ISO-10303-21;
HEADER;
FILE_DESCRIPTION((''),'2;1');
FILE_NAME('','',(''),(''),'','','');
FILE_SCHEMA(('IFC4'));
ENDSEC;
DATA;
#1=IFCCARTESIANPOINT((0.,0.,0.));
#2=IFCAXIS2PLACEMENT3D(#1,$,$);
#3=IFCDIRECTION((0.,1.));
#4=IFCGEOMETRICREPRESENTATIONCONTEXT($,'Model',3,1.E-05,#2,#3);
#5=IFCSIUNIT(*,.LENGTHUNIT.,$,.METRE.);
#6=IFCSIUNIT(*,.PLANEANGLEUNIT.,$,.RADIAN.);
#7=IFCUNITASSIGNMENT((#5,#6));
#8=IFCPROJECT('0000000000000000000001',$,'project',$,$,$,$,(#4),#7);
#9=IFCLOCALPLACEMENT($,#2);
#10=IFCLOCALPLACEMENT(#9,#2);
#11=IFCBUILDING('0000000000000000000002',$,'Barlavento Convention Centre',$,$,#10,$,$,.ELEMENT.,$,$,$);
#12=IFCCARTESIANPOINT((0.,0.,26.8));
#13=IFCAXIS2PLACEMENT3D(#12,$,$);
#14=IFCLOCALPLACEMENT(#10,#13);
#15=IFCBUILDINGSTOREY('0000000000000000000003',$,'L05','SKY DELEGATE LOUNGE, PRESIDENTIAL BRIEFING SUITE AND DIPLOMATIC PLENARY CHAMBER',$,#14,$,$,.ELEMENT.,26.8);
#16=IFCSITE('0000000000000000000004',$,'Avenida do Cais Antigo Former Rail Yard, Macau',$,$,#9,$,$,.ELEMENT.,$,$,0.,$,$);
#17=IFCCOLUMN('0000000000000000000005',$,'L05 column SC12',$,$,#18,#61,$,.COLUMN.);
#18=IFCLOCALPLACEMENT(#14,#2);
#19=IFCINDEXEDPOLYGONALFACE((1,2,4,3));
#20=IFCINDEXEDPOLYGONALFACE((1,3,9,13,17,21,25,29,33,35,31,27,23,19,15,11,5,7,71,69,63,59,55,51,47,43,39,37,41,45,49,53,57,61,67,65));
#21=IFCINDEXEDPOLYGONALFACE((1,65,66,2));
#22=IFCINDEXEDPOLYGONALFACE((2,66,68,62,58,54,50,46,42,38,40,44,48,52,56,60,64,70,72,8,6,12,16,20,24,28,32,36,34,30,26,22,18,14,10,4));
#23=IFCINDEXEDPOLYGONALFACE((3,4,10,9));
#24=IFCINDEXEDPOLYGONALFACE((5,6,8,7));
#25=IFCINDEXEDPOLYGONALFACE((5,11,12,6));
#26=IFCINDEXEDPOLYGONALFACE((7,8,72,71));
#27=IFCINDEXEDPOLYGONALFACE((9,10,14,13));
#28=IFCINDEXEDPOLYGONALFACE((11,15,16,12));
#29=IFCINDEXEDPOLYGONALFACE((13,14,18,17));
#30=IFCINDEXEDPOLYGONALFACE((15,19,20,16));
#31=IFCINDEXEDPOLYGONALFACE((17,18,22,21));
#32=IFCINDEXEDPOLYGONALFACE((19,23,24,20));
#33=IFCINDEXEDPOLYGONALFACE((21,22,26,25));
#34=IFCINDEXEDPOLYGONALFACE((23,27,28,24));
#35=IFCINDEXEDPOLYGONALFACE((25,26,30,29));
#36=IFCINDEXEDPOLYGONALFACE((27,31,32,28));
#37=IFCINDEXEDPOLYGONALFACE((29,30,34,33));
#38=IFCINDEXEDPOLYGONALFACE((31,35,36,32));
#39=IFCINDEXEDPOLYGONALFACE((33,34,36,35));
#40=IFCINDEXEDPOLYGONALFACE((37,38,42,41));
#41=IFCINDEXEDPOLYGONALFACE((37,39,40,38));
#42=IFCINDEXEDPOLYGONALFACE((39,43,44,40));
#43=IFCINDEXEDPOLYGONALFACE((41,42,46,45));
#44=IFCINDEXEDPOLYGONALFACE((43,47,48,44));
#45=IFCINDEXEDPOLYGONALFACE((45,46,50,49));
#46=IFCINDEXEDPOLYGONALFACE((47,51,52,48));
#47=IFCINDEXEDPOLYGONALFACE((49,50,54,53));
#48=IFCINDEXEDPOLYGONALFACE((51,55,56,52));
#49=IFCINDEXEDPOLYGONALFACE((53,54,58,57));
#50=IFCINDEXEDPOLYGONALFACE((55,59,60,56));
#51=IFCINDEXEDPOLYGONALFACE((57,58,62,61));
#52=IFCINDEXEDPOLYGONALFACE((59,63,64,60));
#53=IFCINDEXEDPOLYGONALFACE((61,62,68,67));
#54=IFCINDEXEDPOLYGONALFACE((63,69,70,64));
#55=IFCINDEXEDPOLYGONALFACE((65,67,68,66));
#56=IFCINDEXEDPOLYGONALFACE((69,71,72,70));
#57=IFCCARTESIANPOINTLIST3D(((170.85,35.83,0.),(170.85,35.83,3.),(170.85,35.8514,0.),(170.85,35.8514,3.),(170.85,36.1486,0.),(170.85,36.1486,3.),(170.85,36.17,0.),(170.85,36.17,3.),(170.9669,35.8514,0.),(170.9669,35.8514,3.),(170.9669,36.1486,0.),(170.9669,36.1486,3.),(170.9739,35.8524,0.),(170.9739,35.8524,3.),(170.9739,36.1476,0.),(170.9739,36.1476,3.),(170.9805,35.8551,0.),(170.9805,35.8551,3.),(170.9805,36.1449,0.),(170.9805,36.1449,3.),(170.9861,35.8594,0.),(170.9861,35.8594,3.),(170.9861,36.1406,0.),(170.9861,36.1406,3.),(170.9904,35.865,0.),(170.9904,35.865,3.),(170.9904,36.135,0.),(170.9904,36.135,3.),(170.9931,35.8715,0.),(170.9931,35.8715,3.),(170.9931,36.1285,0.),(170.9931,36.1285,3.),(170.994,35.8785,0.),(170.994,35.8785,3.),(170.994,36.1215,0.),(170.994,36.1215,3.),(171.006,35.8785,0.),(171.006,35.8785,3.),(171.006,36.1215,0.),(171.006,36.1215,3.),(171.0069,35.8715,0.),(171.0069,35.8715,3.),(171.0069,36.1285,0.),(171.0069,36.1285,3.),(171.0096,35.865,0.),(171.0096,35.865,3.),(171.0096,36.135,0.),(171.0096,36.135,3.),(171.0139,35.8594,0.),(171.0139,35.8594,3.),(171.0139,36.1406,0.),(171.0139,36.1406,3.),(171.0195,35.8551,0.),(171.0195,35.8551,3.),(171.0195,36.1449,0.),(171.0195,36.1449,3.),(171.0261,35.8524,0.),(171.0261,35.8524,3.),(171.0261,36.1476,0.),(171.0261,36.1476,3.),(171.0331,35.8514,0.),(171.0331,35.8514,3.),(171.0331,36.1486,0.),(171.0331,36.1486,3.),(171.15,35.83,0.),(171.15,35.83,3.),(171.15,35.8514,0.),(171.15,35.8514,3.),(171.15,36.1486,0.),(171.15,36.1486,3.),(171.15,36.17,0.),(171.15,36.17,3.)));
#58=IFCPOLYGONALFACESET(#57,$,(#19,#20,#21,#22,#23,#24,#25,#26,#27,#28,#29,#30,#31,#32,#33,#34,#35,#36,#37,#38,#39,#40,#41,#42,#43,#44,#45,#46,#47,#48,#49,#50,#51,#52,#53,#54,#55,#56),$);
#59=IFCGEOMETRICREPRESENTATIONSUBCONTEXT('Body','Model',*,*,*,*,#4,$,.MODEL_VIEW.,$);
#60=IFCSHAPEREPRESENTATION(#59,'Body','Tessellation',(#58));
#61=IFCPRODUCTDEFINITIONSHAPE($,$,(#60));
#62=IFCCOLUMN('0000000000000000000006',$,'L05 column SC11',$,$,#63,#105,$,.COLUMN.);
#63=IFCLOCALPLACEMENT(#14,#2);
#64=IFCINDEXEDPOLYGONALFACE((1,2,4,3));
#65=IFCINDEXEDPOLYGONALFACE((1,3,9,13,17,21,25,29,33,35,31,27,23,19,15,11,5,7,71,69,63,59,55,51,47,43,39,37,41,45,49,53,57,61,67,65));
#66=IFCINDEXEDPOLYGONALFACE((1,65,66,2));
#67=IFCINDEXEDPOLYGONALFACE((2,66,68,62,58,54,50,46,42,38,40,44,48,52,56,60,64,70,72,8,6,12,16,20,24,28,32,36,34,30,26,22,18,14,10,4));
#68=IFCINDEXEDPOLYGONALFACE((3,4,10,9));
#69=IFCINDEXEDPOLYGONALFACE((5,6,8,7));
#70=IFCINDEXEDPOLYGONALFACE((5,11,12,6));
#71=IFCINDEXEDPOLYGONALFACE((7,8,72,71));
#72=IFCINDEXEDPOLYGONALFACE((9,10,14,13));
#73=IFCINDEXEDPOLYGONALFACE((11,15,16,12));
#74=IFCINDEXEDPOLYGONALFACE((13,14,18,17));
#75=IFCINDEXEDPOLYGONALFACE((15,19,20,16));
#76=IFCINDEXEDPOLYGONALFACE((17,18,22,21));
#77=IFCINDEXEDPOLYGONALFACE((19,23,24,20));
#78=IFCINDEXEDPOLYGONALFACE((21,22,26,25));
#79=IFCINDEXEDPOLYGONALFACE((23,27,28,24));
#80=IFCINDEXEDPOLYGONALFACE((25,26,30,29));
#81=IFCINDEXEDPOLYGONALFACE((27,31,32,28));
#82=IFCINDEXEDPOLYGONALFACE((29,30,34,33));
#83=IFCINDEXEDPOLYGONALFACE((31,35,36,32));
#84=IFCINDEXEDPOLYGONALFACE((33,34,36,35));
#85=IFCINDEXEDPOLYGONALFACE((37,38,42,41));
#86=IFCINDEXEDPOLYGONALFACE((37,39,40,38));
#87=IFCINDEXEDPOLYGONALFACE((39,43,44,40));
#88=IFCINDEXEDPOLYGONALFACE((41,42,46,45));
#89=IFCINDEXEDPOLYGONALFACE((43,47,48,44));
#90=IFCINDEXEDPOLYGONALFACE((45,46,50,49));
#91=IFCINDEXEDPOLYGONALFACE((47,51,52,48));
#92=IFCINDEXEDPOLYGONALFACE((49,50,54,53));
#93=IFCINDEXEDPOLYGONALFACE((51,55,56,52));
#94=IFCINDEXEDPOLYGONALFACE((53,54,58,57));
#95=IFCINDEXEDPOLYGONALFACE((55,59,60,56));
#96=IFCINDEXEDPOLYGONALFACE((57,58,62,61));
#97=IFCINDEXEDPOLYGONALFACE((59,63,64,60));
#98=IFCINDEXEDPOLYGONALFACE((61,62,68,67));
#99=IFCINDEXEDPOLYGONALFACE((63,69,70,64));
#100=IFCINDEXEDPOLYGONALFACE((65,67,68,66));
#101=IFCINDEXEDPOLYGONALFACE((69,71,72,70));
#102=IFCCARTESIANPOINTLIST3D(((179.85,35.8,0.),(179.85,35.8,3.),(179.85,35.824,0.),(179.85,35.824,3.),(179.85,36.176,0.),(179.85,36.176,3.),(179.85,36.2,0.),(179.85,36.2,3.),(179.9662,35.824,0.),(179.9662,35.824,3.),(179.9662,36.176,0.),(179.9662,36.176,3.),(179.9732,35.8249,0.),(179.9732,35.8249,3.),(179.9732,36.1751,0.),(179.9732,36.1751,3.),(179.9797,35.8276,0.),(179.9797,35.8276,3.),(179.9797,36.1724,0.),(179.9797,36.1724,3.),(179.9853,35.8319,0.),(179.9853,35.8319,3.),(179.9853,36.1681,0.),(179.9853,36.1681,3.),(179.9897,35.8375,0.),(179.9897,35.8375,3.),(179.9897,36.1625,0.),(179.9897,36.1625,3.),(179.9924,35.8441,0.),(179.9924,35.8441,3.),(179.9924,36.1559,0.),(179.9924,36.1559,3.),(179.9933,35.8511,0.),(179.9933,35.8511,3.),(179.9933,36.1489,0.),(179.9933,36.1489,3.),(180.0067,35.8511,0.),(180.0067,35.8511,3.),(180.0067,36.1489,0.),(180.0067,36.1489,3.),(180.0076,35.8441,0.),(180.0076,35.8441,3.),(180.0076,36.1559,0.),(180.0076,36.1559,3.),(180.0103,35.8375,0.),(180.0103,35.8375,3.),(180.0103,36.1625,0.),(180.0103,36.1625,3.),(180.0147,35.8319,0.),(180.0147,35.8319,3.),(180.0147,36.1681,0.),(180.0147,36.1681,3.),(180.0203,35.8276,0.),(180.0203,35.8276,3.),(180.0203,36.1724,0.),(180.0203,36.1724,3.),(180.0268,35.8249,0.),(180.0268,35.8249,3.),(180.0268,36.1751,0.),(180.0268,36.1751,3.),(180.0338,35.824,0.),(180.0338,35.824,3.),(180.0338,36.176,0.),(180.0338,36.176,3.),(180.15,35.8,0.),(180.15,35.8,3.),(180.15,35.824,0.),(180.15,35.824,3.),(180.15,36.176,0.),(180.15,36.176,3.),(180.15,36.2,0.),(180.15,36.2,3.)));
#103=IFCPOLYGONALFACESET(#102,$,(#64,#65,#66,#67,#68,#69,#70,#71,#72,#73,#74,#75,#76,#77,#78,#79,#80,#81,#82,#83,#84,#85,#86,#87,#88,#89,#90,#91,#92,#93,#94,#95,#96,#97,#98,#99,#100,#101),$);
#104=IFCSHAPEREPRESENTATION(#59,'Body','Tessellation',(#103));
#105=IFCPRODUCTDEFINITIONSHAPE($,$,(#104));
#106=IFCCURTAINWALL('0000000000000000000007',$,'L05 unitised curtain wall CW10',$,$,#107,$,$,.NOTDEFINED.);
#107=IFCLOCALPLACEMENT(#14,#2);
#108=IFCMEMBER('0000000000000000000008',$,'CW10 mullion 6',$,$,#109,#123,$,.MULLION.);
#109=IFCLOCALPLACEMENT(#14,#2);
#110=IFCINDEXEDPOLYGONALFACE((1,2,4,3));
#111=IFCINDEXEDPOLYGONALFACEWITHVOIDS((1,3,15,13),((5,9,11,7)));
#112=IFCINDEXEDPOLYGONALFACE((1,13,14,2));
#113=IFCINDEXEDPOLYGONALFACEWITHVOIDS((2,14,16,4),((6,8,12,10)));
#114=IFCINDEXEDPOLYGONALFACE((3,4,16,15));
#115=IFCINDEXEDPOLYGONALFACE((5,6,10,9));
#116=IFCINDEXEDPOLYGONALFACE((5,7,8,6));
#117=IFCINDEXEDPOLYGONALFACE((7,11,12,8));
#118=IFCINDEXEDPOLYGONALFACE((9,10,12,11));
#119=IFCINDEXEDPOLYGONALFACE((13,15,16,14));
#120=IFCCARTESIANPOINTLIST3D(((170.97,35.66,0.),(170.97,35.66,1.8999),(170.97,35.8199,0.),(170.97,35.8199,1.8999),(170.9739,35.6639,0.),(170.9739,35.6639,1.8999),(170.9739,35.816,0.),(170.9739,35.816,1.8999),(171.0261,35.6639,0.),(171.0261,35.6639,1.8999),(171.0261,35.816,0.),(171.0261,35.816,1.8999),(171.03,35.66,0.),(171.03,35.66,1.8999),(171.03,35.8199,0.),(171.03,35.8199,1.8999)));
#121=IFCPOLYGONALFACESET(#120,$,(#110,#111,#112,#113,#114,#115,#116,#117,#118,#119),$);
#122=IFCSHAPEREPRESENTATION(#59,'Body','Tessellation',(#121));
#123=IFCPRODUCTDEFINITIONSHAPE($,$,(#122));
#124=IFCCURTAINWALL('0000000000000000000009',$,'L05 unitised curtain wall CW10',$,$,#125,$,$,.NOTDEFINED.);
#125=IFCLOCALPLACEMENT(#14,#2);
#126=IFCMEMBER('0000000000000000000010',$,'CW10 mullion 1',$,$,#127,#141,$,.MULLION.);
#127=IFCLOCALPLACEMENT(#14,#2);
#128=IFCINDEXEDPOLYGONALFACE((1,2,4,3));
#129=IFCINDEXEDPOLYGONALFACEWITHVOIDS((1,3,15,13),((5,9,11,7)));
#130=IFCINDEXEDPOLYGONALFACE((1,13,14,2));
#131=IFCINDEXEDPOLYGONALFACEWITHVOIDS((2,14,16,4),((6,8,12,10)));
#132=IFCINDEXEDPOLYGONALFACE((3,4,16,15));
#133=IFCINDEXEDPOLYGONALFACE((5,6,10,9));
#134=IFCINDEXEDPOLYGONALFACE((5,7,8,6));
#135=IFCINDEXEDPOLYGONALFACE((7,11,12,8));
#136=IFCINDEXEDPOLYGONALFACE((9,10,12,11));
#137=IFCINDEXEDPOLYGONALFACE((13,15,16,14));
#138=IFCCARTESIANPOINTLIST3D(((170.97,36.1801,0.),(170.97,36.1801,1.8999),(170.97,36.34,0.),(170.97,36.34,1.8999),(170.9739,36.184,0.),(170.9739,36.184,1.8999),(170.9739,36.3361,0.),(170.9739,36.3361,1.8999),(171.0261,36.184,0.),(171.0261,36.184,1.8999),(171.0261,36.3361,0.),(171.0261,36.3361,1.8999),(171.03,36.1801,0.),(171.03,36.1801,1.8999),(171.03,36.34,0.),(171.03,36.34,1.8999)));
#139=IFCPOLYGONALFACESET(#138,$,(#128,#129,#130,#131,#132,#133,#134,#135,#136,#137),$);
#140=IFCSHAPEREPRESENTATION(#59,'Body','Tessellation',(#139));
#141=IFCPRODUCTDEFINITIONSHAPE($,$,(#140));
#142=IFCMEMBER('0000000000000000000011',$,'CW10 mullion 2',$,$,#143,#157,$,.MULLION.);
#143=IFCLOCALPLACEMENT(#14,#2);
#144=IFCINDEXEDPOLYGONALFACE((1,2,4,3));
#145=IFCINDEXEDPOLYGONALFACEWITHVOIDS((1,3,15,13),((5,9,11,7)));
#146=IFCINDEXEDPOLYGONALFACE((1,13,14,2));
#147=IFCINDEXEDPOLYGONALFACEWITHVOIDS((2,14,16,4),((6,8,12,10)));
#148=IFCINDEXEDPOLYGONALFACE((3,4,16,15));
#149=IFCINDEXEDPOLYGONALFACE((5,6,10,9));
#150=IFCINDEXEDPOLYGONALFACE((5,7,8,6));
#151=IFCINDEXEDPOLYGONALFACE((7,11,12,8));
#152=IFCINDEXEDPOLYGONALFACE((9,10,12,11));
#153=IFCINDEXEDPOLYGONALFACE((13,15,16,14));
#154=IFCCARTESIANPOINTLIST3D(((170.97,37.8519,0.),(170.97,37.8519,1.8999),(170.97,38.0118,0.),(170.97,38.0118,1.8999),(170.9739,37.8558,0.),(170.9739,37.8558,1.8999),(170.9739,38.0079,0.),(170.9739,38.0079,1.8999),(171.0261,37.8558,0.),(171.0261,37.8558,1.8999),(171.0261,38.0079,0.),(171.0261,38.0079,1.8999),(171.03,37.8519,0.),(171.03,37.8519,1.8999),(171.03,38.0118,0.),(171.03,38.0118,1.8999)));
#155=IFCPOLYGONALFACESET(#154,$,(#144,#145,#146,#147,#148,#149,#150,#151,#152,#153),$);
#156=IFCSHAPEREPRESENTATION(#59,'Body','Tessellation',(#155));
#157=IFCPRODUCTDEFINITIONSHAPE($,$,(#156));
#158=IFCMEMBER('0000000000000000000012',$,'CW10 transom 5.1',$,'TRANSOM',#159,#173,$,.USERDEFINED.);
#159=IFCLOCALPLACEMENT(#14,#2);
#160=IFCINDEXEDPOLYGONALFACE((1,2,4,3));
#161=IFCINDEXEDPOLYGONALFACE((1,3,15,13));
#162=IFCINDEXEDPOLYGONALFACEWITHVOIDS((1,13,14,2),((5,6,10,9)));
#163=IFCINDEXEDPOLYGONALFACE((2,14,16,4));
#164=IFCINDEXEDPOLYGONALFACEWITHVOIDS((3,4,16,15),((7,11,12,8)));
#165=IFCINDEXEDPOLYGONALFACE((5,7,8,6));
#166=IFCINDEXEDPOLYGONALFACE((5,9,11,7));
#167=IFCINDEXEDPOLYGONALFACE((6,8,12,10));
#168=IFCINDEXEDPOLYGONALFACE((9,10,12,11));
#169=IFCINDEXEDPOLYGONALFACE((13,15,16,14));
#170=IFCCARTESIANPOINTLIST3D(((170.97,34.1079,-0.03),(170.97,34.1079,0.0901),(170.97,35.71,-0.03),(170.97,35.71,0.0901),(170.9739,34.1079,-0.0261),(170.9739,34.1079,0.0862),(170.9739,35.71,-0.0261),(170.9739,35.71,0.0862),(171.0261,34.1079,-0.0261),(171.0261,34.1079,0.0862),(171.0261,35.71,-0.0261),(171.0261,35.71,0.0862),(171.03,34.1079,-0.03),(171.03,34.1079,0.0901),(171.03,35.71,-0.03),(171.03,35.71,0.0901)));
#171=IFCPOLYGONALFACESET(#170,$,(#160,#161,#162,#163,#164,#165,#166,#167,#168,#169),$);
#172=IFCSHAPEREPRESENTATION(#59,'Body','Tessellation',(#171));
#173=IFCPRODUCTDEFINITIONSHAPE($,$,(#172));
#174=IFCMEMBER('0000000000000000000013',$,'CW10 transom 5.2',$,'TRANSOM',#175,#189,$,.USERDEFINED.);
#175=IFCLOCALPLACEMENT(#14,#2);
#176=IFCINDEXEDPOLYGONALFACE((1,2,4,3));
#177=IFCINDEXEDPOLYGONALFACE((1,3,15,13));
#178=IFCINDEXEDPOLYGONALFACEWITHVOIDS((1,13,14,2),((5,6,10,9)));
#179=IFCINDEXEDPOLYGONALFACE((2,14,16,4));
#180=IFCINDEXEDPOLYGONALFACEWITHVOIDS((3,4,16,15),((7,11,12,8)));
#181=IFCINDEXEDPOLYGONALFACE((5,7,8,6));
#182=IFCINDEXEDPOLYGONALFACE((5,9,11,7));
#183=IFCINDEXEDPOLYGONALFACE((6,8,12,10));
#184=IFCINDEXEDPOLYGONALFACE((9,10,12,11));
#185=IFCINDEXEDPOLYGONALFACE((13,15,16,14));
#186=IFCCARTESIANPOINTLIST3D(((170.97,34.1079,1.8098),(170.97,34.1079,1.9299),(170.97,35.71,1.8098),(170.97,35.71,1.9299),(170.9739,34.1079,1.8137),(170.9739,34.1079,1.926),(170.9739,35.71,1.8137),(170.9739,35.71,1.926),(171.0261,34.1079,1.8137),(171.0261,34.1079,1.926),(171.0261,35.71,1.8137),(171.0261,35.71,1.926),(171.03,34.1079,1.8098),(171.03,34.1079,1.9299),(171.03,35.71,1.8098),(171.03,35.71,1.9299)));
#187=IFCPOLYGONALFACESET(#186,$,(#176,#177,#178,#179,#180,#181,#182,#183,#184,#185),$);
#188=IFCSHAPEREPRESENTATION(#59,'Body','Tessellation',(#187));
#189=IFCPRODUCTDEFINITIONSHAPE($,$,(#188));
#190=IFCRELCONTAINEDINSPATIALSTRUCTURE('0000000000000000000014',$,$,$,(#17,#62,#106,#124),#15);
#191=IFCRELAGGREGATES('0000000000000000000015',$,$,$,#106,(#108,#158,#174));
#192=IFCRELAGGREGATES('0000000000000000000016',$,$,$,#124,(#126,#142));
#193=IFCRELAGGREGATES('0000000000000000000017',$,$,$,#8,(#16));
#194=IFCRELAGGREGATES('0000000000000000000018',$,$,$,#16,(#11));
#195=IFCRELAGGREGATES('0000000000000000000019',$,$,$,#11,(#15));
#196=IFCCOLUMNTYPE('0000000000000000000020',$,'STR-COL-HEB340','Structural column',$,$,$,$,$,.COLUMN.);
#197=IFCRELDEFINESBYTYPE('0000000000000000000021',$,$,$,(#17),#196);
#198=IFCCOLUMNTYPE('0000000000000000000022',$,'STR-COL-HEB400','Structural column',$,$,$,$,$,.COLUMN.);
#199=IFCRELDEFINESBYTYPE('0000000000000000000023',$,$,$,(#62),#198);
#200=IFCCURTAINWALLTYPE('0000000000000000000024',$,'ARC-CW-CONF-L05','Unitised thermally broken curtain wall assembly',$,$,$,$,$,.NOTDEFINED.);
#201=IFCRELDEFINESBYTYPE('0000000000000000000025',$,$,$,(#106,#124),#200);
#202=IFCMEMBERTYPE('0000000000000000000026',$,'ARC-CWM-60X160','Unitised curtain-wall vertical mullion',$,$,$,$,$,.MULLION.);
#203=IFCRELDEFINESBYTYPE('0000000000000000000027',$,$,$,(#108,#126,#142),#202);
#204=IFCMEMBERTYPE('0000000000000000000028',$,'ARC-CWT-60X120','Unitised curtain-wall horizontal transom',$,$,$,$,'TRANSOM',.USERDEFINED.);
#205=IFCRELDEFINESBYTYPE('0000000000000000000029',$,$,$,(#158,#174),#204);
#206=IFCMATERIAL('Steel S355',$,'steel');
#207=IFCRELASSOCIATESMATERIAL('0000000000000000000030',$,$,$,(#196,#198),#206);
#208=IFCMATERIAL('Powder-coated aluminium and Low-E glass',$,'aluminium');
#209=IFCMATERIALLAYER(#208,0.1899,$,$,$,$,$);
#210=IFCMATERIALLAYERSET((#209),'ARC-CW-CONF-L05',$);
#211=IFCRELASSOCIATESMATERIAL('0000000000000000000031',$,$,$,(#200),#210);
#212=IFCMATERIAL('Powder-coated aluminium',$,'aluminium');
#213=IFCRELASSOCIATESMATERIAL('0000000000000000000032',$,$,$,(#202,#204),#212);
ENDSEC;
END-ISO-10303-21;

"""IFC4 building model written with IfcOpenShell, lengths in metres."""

from ifc_helpers import new_model, si_unit, direction, frame, origin, origin_2d, place, context, subcontext, project, spatial, hollow_rectangle, i_section, extrude, material, layer, layer_set, material_profile, profile_set, type_object, element, aggregate, save


model = new_model("IFC4")

# Units and contexts
model_context = context("Model", 3, precision=1e-05, world=origin(), true_north=direction((0.0, 1.0)))
body_context = subcontext(model_context, "Body", "Model", "MODEL_VIEW")
ifc_project = project(units=[si_unit("LENGTHUNIT", "METRE"), si_unit("PLANEANGLEUNIT", "RADIAN")], contexts=[model_context])

# Site, building, storey
site_placement = place(None, origin())
site = spatial("IfcSite", under=ifc_project, at=site_placement, Name="Avenida do Cais Antigo Former Rail Yard, Macau", CompositionType="ELEMENT", RefElevation=0.0)
building_placement = place(site_placement, origin())
building = spatial("IfcBuilding", under=site, at=building_placement, Name="Barlavento Convention Centre", CompositionType="ELEMENT")
storey_placement = place(building_placement, frame((0.0, 0.0, 26.8)))
storey = spatial("IfcBuildingStorey", under=building, at=storey_placement, Name="L05", Description="SKY DELEGATE LOUNGE, PRESIDENTIAL BRIEFING SUITE AND DIPLOMATIC PLENARY CHAMBER", CompositionType="ELEMENT", Elevation=26.8)

# Columns
ifc_material_1 = material(Name="Steel S355", Category="steel")
ifc_material_profile_1 = material_profile(ifc_material_1, i_section(OverallWidth=0.3, OverallDepth=0.3401, WebThickness=0.012, FlangeThickness=0.0215, FilletRadius=0.0271, at=origin_2d()), Name="HEB 340")
ifc_profile_set_1 = profile_set([ifc_material_profile_1], Name="Steel S355")
column_type_1 = type_object("IfcColumnType", Name="STR-COL-HEB340", Description="Structural column", PredefinedType="COLUMN", material=ifc_profile_set_1)
column_1_placement = place(storey_placement, frame((171.0, 36.0, 0.0), z_axis=(0.0, 0.0, 1.0), x_axis=(1.0, 0.0, 0.0)))
element("IfcColumn", 1, at=column_1_placement, inside=storey, type_object=column_type_1, Name="L05 column SC12", PredefinedType="COLUMN", context=body_context, shape_type="SweptSolid", body=[
    extrude(i_section(OverallWidth=0.3, OverallDepth=0.3401, WebThickness=0.012, FlangeThickness=0.0215, FilletRadius=0.0271, at=origin_2d()), origin(), (0.0, 0.0, 1.0), 3.0),
])
ifc_material_profile_2 = material_profile(ifc_material_1, i_section(OverallWidth=0.3, OverallDepth=0.3999, WebThickness=0.0134, FlangeThickness=0.0239, FilletRadius=0.0271, at=origin_2d()), Name="HEB 400")
ifc_profile_set_2 = profile_set([ifc_material_profile_2], Name="Steel S355")
column_type_2 = type_object("IfcColumnType", Name="STR-COL-HEB400", Description="Structural column", PredefinedType="COLUMN", material=ifc_profile_set_2)
column_2_placement = place(storey_placement, frame((180.0, 36.0, 0.0), z_axis=(0.0, 0.0, 1.0), x_axis=(1.0, 0.0, 0.0)))
element("IfcColumn", 2, at=column_2_placement, inside=storey, type_object=column_type_2, Name="L05 column SC11", PredefinedType="COLUMN", context=body_context, shape_type="SweptSolid", body=[
    extrude(i_section(OverallWidth=0.3, OverallDepth=0.3999, WebThickness=0.0134, FlangeThickness=0.0239, FilletRadius=0.0271, at=origin_2d()), origin(), (0.0, 0.0, 1.0), 3.0),
])

# Curtain wall, member
ifc_material_2 = material(Name="Powder-coated aluminium and Low-E glass", Category="aluminium")
ifc_layer_1 = layer(ifc_material_2, 0.1899)
ifc_layer_set_1 = layer_set([ifc_layer_1], Name="ARC-CW-CONF-L05")
curtain_wall_type = type_object("IfcCurtainWallType", Name="ARC-CW-CONF-L05", Description="Unitised thermally broken curtain wall assembly", PredefinedType="NOTDEFINED", material=ifc_layer_set_1)
curtain_wall_1_placement = place(storey_placement, origin())
curtain_wall_1 = element("IfcCurtainWall", 3, at=curtain_wall_1_placement, inside=storey, type_object=curtain_wall_type, Name="L05 unitised curtain wall CW10", PredefinedType="NOTDEFINED")
ifc_material_3 = material(Name="Powder-coated aluminium", Category="aluminium")
ifc_material_profile_3 = material_profile(ifc_material_3, hollow_rectangle(XDim=0.0601, YDim=0.1599, WallThickness=0.0039, at=origin_2d()), Name="AL-MULL 60x160x4")
ifc_profile_set_3 = profile_set([ifc_material_profile_3], Name="Powder-coated aluminium")
member_type_1 = type_object("IfcMemberType", Name="ARC-CWM-60X160", Description="Unitised curtain-wall vertical mullion", PredefinedType="MULLION", material=ifc_profile_set_3)
member_1_placement = place(storey_placement, frame((171.0, 35.74, 0.0), z_axis=(0.0, 0.0, 1.0), x_axis=(-1.0, 0.0, 0.0)))
member_1 = element("IfcMember", 4, at=member_1_placement, type_object=member_type_1, Name="CW10 mullion 6", PredefinedType="MULLION", context=body_context, shape_type="SweptSolid", body=[
    extrude(hollow_rectangle(XDim=0.0601, YDim=0.1599, WallThickness=0.0039, at=origin_2d()), origin(), (0.0, 0.0, 1.0), 1.8999),
])

# Curtain wall, members
curtain_wall_2_placement = place(storey_placement, origin())
curtain_wall_2 = element("IfcCurtainWall", 5, at=curtain_wall_2_placement, inside=storey, type_object=curtain_wall_type, Name="L05 unitised curtain wall CW10", PredefinedType="NOTDEFINED")
member_2_placement = place(storey_placement, frame((171.0, 36.26, 0.0), z_axis=(0.0, 0.0, 1.0), x_axis=(-1.0, 0.0, 0.0)))
member_2 = element("IfcMember", 6, at=member_2_placement, type_object=member_type_1, Name="CW10 mullion 1", PredefinedType="MULLION", context=body_context, shape_type="SweptSolid", body=[
    extrude(hollow_rectangle(XDim=0.0601, YDim=0.1599, WallThickness=0.0039, at=origin_2d()), origin(), (0.0, 0.0, 1.0), 1.8999),
])
member_3_placement = place(storey_placement, frame((171.0, 37.9319, 0.0), z_axis=(0.0, 0.0, 1.0), x_axis=(-1.0, 0.0, 0.0)))
member_3 = element("IfcMember", 7, at=member_3_placement, type_object=member_type_1, Name="CW10 mullion 2", PredefinedType="MULLION", context=body_context, shape_type="SweptSolid", body=[
    extrude(hollow_rectangle(XDim=0.0601, YDim=0.1599, WallThickness=0.0039, at=origin_2d()), origin(), (0.0, 0.0, 1.0), 1.8999),
])

# Members
ifc_material_profile_4 = material_profile(ifc_material_3, hollow_rectangle(XDim=0.0601, YDim=0.1201, WallThickness=0.0039, at=origin_2d()), Name="AL-TRAN 60x120x4")
ifc_profile_set_4 = profile_set([ifc_material_profile_4], Name="Powder-coated aluminium")
member_type_2 = type_object("IfcMemberType", Name="ARC-CWT-60X120", Description="Unitised curtain-wall horizontal transom", ElementType="TRANSOM", PredefinedType="USERDEFINED", material=ifc_profile_set_4)
member_4_placement = place(storey_placement, frame((171.0, 34.1079, 0.03), z_axis=(0.0, 1.0, 0.0), x_axis=(-1.0, 0.0, 0.0)))
member_4 = element("IfcMember", 8, at=member_4_placement, type_object=member_type_2, Name="CW10 transom 5.1", ObjectType="TRANSOM", PredefinedType="USERDEFINED", context=body_context, shape_type="SweptSolid", body=[
    extrude(hollow_rectangle(XDim=0.0601, YDim=0.1201, WallThickness=0.0039, at=origin_2d()), origin(), (0.0, 0.0, 1.0), 1.6021),
])
member_5_placement = place(storey_placement, frame((171.0, 34.1079, 1.8699), z_axis=(0.0, 1.0, 0.0), x_axis=(-1.0, 0.0, 0.0)))
member_5 = element("IfcMember", 9, at=member_5_placement, type_object=member_type_2, Name="CW10 transom 5.2", ObjectType="TRANSOM", PredefinedType="USERDEFINED", context=body_context, shape_type="SweptSolid", body=[
    extrude(hollow_rectangle(XDim=0.0601, YDim=0.1201, WallThickness=0.0039, at=origin_2d()), origin(), (0.0, 0.0, 1.0), 1.6021),
])

aggregate(curtain_wall_1, [member_1, member_4, member_5])
aggregate(curtain_wall_2, [member_2, member_3])

save(model, "model.ifc")
